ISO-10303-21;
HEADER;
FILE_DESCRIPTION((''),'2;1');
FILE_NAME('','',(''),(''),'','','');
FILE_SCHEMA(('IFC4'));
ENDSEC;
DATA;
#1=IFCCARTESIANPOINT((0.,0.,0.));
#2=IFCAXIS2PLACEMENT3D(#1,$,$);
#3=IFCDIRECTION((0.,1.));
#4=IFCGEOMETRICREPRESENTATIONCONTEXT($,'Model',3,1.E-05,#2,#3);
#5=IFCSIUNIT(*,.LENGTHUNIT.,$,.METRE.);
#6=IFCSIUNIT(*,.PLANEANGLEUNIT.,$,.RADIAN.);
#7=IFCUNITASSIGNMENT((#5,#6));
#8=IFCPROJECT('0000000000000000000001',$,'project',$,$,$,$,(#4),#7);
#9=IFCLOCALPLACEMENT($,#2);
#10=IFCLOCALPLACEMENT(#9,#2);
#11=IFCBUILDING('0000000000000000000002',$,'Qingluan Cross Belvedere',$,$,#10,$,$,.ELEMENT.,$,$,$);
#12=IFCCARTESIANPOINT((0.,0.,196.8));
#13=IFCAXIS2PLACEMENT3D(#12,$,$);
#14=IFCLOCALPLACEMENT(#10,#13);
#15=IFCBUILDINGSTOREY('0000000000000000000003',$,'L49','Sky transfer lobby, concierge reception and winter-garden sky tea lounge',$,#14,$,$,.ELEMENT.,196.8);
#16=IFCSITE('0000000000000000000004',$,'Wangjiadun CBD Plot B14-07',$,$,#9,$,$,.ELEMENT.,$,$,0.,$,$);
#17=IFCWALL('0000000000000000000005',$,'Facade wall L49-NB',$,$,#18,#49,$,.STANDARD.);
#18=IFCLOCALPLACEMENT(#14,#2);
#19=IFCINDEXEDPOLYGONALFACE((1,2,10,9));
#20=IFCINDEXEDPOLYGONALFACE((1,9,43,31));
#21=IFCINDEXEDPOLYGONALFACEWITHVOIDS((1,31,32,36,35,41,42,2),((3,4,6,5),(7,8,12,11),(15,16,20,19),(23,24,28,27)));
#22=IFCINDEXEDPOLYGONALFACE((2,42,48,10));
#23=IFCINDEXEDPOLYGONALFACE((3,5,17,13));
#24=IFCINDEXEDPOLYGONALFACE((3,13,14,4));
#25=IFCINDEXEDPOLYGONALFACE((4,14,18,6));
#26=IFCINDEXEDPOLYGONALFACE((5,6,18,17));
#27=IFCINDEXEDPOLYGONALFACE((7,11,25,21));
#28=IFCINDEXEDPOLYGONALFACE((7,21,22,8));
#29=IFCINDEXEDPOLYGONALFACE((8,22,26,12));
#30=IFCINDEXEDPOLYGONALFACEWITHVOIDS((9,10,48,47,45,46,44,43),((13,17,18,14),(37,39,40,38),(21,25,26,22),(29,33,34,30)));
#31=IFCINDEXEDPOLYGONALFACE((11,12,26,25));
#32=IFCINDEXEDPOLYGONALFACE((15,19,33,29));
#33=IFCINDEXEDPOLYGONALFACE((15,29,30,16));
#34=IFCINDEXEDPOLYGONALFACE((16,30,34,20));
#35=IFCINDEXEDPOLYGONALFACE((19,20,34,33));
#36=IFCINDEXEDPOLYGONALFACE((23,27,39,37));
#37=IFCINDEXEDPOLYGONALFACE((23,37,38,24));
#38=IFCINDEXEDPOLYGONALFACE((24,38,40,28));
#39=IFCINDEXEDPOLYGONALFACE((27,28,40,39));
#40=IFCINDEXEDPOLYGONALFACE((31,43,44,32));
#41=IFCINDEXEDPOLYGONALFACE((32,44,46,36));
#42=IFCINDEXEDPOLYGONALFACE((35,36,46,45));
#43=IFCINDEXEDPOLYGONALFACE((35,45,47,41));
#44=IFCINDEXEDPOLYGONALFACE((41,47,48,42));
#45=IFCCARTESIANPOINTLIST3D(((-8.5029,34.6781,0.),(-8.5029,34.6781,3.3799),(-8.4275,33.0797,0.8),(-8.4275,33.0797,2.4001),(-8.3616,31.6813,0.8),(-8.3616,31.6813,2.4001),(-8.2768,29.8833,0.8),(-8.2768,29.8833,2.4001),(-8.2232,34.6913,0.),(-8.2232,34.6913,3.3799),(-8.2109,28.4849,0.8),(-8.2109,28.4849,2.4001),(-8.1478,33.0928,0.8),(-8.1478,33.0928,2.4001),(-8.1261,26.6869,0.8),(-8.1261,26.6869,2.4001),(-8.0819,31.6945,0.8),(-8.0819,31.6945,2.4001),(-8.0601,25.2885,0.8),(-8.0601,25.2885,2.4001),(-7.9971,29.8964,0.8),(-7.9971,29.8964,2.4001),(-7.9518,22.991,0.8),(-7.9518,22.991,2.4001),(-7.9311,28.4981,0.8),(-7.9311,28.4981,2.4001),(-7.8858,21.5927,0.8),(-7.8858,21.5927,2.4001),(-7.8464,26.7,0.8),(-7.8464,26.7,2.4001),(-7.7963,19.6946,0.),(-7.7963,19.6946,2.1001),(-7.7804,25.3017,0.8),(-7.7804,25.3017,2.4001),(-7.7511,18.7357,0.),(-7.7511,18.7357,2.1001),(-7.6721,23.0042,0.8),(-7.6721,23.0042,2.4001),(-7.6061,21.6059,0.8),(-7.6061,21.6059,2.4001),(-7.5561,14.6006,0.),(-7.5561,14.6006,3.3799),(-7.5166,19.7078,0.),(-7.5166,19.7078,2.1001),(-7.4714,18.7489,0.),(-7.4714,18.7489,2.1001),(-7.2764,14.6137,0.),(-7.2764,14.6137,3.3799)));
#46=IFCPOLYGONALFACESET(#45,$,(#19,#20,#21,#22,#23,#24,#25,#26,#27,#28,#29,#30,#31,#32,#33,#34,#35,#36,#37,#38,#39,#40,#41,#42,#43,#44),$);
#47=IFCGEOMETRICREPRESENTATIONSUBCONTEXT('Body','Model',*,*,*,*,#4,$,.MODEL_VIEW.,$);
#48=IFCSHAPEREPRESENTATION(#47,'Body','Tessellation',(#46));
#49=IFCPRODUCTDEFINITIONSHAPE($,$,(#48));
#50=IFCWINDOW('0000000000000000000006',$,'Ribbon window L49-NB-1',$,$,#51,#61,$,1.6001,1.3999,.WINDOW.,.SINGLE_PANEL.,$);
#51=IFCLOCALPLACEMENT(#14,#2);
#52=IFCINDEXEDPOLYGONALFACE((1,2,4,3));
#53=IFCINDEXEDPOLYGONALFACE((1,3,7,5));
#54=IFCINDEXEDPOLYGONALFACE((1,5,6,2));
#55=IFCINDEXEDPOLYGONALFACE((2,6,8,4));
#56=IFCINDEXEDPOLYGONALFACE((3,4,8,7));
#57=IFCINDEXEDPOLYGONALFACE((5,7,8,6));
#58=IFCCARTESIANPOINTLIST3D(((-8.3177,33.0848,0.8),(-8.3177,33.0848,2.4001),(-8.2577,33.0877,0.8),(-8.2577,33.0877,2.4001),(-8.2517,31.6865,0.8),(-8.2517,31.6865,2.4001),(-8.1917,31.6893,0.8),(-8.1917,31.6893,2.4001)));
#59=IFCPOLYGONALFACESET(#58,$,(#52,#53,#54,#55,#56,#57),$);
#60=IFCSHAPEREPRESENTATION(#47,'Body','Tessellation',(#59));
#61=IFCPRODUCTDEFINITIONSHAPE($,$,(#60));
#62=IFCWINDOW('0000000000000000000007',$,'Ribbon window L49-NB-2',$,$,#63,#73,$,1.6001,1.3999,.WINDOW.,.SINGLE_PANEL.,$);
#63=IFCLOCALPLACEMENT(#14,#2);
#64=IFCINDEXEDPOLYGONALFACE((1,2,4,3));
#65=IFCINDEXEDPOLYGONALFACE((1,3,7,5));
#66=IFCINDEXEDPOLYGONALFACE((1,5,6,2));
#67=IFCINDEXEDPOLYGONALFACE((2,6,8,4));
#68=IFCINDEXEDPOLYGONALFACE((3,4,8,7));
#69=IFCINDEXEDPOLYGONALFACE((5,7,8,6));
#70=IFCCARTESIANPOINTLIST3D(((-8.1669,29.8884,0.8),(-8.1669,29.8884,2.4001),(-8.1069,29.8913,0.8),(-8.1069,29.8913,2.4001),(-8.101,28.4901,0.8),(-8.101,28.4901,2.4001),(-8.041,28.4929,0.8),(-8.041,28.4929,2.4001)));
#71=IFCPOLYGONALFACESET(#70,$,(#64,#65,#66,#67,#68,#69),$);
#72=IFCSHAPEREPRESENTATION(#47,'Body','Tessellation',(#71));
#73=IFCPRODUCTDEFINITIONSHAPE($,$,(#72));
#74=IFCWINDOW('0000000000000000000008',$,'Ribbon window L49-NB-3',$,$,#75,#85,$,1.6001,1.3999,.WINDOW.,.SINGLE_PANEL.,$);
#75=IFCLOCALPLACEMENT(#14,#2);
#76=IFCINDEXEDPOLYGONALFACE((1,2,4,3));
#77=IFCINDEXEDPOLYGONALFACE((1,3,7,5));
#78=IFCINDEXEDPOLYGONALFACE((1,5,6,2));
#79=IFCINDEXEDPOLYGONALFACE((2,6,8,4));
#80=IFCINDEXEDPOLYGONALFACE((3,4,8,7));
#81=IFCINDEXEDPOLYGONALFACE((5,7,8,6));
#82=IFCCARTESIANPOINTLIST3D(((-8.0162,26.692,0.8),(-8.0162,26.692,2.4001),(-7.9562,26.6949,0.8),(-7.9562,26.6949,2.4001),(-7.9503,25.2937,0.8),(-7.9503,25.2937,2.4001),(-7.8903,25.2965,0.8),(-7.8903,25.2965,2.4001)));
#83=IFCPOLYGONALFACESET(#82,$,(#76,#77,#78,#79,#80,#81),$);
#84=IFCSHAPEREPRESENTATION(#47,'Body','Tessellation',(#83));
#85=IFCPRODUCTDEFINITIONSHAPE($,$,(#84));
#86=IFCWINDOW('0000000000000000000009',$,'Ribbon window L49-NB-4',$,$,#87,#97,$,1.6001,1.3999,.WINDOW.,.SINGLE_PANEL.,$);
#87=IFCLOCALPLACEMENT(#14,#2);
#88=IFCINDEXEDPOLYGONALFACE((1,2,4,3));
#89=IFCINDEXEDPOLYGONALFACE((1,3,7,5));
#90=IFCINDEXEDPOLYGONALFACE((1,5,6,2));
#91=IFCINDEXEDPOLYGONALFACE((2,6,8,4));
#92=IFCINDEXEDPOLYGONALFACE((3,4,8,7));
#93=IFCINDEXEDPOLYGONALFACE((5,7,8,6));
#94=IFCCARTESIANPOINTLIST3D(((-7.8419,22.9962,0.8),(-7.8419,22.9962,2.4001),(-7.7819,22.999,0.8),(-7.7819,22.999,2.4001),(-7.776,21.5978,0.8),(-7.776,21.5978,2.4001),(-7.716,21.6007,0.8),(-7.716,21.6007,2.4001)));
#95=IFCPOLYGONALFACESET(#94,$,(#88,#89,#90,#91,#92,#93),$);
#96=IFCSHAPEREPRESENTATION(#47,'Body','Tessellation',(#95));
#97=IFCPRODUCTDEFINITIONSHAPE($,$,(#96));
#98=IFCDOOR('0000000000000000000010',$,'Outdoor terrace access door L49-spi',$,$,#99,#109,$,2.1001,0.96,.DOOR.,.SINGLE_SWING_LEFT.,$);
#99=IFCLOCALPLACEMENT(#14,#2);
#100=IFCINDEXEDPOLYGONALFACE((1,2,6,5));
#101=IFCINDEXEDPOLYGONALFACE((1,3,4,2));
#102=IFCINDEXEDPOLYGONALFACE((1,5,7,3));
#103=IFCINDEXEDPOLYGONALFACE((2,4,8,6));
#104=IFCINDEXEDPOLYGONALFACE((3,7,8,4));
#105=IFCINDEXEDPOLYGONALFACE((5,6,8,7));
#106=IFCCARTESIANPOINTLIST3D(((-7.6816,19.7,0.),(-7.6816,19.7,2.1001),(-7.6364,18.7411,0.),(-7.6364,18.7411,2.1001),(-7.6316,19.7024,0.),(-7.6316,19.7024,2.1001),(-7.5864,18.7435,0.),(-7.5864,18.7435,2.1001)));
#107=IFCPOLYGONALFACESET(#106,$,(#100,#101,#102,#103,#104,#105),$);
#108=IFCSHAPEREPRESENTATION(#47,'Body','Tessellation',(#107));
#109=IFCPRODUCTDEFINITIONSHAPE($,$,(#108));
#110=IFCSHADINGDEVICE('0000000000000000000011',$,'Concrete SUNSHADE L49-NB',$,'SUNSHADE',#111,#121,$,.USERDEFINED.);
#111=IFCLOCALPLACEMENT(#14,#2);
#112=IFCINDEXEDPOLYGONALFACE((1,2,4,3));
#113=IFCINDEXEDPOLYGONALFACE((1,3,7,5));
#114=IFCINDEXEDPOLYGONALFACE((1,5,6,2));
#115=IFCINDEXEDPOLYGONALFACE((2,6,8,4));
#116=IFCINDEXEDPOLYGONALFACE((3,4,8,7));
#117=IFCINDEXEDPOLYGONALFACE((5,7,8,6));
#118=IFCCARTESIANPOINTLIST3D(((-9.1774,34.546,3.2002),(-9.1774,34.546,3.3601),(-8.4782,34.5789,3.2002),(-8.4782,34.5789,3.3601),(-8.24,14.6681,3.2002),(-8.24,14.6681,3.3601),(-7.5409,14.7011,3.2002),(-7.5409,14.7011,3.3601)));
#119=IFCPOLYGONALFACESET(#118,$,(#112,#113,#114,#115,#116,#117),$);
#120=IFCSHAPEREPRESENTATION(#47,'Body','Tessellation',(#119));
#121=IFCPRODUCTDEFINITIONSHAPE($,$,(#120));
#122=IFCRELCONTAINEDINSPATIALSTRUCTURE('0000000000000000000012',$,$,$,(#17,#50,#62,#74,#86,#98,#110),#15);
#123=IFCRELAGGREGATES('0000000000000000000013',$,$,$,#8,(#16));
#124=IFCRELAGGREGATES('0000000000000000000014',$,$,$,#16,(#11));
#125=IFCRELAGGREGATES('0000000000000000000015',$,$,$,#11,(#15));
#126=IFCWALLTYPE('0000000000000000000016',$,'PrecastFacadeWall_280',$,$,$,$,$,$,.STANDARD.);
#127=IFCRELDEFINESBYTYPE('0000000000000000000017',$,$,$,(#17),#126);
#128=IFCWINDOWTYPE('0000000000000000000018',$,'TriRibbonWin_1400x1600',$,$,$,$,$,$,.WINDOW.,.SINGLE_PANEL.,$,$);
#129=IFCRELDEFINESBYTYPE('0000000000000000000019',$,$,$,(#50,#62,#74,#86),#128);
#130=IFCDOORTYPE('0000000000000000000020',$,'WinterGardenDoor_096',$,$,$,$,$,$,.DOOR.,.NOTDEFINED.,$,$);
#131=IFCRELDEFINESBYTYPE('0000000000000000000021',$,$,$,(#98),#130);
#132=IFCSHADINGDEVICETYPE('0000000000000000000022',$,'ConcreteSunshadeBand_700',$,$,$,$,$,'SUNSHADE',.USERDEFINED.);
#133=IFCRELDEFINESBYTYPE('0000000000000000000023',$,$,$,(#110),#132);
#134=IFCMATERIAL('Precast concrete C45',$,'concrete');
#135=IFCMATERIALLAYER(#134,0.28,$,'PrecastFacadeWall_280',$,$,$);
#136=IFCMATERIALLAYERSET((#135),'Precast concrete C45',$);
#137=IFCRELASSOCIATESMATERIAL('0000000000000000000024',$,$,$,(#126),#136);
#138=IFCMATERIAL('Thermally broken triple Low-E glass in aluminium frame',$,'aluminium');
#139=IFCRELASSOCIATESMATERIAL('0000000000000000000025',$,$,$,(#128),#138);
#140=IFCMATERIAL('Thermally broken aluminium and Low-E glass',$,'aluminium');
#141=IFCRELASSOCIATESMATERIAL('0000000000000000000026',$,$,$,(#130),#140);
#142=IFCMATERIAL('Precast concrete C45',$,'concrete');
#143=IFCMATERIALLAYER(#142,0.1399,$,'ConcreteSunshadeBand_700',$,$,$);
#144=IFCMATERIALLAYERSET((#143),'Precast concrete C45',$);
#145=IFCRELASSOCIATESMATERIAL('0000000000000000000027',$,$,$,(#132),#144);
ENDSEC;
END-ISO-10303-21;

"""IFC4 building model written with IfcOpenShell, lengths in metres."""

from ifc_helpers import new_model, si_unit, direction, frame, frame_2d, origin, origin_2d, place, context, subcontext, project, spatial, rectangle, extrude, material, layer, layer_set, type_object, element, fill, save


model = new_model("IFC4")

# Units and contexts
model_context = context("Model", 3, precision=1e-05, world=origin(), true_north=direction((0.0, 1.0)))
body_context = subcontext(model_context, "Body", "Model", "MODEL_VIEW")
ifc_project = project(units=[si_unit("LENGTHUNIT", "METRE"), si_unit("PLANEANGLEUNIT", "RADIAN")], contexts=[model_context])

# Site, building, storey
site_placement = place(None, origin())
site = spatial("IfcSite", under=ifc_project, at=site_placement, Name="Wangjiadun CBD Plot B14-07", CompositionType="ELEMENT", RefElevation=0.0)
building_placement = place(site_placement, origin())
building = spatial("IfcBuilding", under=site, at=building_placement, Name="Qingluan Cross Belvedere", CompositionType="ELEMENT")
storey_placement = place(building_placement, frame((0.0, 0.0, 196.8)))
storey = spatial("IfcBuildingStorey", under=building, at=storey_placement, Name="L49", Description="Sky transfer lobby, concierge reception and winter-garden sky tea lounge", CompositionType="ELEMENT", Elevation=196.8)

# Wall, openings, windows, door
ifc_material_1 = material(Name="Precast concrete C45", Category="concrete")
ifc_layer_1 = layer(ifc_material_1, 0.28, Name="PrecastFacadeWall_280")
ifc_layer_set_1 = layer_set([ifc_layer_1], Name="Precast concrete C45")
wall_type_1 = type_object("IfcWallType", Name="PrecastFacadeWall_280", PredefinedType="STANDARD", material=ifc_layer_set_1)
wall_1_placement = place(storey_placement, frame((-8.363, 34.6846, 0.0), z_axis=(0.0, 0.0, 1.0), x_axis=(0.047103, -0.99889, 0.0)))
wall_1 = element("IfcWall", 1, at=wall_1_placement, inside=storey, type_object=wall_type_1, Name="Facade wall L49-NB", PredefinedType="STANDARD", context=body_context, shape_type="SweptSolid", body=[
    extrude(rectangle(XDim=20.0999, YDim=0.28, at=frame_2d((10.0498, 0.0))), origin(), (0.0, 0.0, 1.0), 3.3799),
])
opening_1_placement = place(wall_1_placement, frame((1.6001, 0.0, 0.8)))
opening_1 = element("IfcOpeningElement", 2, at=opening_1_placement, cuts=wall_1, PredefinedType="OPENING", context=body_context, shape_type="SweptSolid", body=[
    extrude(rectangle(XDim=1.3999, YDim=1.6001, at=frame_2d((0.7, 0.8))), frame((0.0, 0.1499, 0.0), z_axis=(0.0, -1.0, 0.0), x_axis=(1.0, 0.0, 0.0)), (0.0, 0.0, 1.0), 0.3),
])
opening_2_placement = place(wall_1_placement, frame((4.8, 0.0, 0.8)))
opening_2 = element("IfcOpeningElement", 3, at=opening_2_placement, cuts=wall_1, PredefinedType="OPENING", context=body_context, shape_type="SweptSolid", body=[
    extrude(rectangle(XDim=1.3999, YDim=1.6001, at=frame_2d((0.7, 0.8))), frame((0.0, 0.1499, 0.0), z_axis=(0.0, -1.0, 0.0), x_axis=(1.0, 0.0, 0.0)), (0.0, 0.0, 1.0), 0.3),
])
opening_3_placement = place(wall_1_placement, frame((8.0, 0.0, 0.8)))
opening_3 = element("IfcOpeningElement", 4, at=opening_3_placement, cuts=wall_1, PredefinedType="OPENING", context=body_context, shape_type="SweptSolid", body=[
    extrude(rectangle(XDim=1.3999, YDim=1.6001, at=frame_2d((0.7, 0.8))), frame((0.0, 0.1499, 0.0), z_axis=(0.0, -1.0, 0.0), x_axis=(1.0, 0.0, 0.0)), (0.0, 0.0, 1.0), 0.3),
])
opening_4_placement = place(wall_1_placement, frame((11.7, 0.0, 0.8)))
opening_4 = element("IfcOpeningElement", 5, at=opening_4_placement, cuts=wall_1, PredefinedType="OPENING", context=body_context, shape_type="SweptSolid", body=[
    extrude(rectangle(XDim=1.3999, YDim=1.6001, at=frame_2d((0.7, 0.8))), frame((0.0, 0.1499, 0.0), z_axis=(0.0, -1.0, 0.0), x_axis=(1.0, 0.0, 0.0)), (0.0, 0.0, 1.0), 0.3),
])
opening_5_placement = place(wall_1_placement, frame((15.0, 0.0, 0.0)))
opening_5 = element("IfcOpeningElement", 6, at=opening_5_placement, cuts=wall_1, PredefinedType="OPENING", context=body_context, shape_type="SweptSolid", body=[
    extrude(rectangle(XDim=0.96, YDim=2.1001, at=frame_2d((0.48, 1.05))), frame((0.0, 0.1499, 0.0), z_axis=(0.0, -1.0, 0.0), x_axis=(1.0, 0.0, 0.0)), (0.0, 0.0, 1.0), 0.3),
])
ifc_material_2 = material(Name="Thermally broken triple Low-E glass in aluminium frame", Category="aluminium")
window_type = type_object("IfcWindowType", Name="TriRibbonWin_1400x1600", PartitioningType="SINGLE_PANEL", PredefinedType="WINDOW", material=ifc_material_2)
window_1_placement = place(opening_1_placement, origin())
window_1 = element("IfcWindow", 7, at=window_1_placement, inside=storey, type_object=window_type, Name="Ribbon window L49-NB-1", OverallHeight=1.6001, OverallWidth=1.3999, PartitioningType="SINGLE_PANEL", PredefinedType="WINDOW", context=body_context, shape_type="SweptSolid", body=[
    extrude(rectangle(XDim=1.3999, YDim=1.6001, at=frame_2d((0.7, 0.8))), frame((0.0, 0.03, 0.0), z_axis=(0.0, -1.0, 0.0), x_axis=(1.0, 0.0, 0.0)), (0.0, 0.0, 1.0), 0.0601),
])
fill(opening_1, window_1)
window_2_placement = place(opening_2_placement, origin())
window_2 = element("IfcWindow", 8, at=window_2_placement, inside=storey, type_object=window_type, Name="Ribbon window L49-NB-2", OverallHeight=1.6001, OverallWidth=1.3999, PartitioningType="SINGLE_PANEL", PredefinedType="WINDOW", context=body_context, shape_type="SweptSolid", body=[
    extrude(rectangle(XDim=1.3999, YDim=1.6001, at=frame_2d((0.7, 0.8))), frame((0.0, 0.03, 0.0), z_axis=(0.0, -1.0, 0.0), x_axis=(1.0, 0.0, 0.0)), (0.0, 0.0, 1.0), 0.0601),
])
fill(opening_2, window_2)
window_3_placement = place(opening_3_placement, origin())
window_3 = element("IfcWindow", 9, at=window_3_placement, inside=storey, type_object=window_type, Name="Ribbon window L49-NB-3", OverallHeight=1.6001, OverallWidth=1.3999, PartitioningType="SINGLE_PANEL", PredefinedType="WINDOW", context=body_context, shape_type="SweptSolid", body=[
    extrude(rectangle(XDim=1.3999, YDim=1.6001, at=frame_2d((0.7, 0.8))), frame((0.0, 0.03, 0.0), z_axis=(0.0, -1.0, 0.0), x_axis=(1.0, 0.0, 0.0)), (0.0, 0.0, 1.0), 0.0601),
])
fill(opening_3, window_3)
window_4_placement = place(opening_4_placement, origin())
window_4 = element("IfcWindow", 10, at=window_4_placement, inside=storey, type_object=window_type, Name="Ribbon window L49-NB-4", OverallHeight=1.6001, OverallWidth=1.3999, PartitioningType="SINGLE_PANEL", PredefinedType="WINDOW", context=body_context, shape_type="SweptSolid", body=[
    extrude(rectangle(XDim=1.3999, YDim=1.6001, at=frame_2d((0.7, 0.8))), frame((0.0, 0.03, 0.0), z_axis=(0.0, -1.0, 0.0), x_axis=(1.0, 0.0, 0.0)), (0.0, 0.0, 1.0), 0.0601),
])
fill(opening_4, window_4)
ifc_material_3 = material(Name="Thermally broken aluminium and Low-E glass", Category="aluminium")
door_type_1 = type_object("IfcDoorType", Name="WinterGardenDoor_096", OperationType="NOTDEFINED", PredefinedType="DOOR", material=ifc_material_3)
door_1_placement = place(opening_5_placement, origin())
door_1 = element("IfcDoor", 11, at=door_1_placement, inside=storey, type_object=door_type_1, Name="Outdoor terrace access door L49-spi", OperationType="SINGLE_SWING_LEFT", OverallHeight=2.1001, OverallWidth=0.96, PredefinedType="DOOR", context=body_context, shape_type="SweptSolid", body=[
    extrude(rectangle(XDim=0.96, YDim=2.1001, at=frame_2d((0.48, 1.05))), frame((0.0, 0.0249, 0.0), z_axis=(0.0, -1.0, 0.0), x_axis=(1.0, 0.0, 0.0)), (0.0, 0.0, 1.0), 0.05),
])
fill(opening_5, door_1)

# Shading device
ifc_material_4 = material(Name="Precast concrete C45", Category="concrete")
ifc_layer_2 = layer(ifc_material_4, 0.1399, Name="ConcreteSunshadeBand_700")
ifc_layer_set_2 = layer_set([ifc_layer_2], Name="Precast concrete C45")
shading_device_type = type_object("IfcShadingDeviceType", Name="ConcreteSunshadeBand_700", ElementType="SUNSHADE", PredefinedType="USERDEFINED", material=ifc_layer_set_2)
shading_device_placement = place(storey_placement, frame((-8.3591, 24.6235, 3.2002), z_axis=(0.0, 0.0, 1.0), x_axis=(0.047105, -0.99889, 0.0)))
element("IfcShadingDevice", 12, at=shading_device_placement, inside=storey, type_object=shading_device_type, Name="Concrete SUNSHADE L49-NB", ObjectType="SUNSHADE", PredefinedType="USERDEFINED", context=body_context, shape_type="SweptSolid", body=[
    extrude(rectangle(XDim=19.8999, YDim=0.7, at=origin_2d()), origin(), (0.0, 0.0, 1.0), 0.1599),
])

save(model, "model.ifc")
